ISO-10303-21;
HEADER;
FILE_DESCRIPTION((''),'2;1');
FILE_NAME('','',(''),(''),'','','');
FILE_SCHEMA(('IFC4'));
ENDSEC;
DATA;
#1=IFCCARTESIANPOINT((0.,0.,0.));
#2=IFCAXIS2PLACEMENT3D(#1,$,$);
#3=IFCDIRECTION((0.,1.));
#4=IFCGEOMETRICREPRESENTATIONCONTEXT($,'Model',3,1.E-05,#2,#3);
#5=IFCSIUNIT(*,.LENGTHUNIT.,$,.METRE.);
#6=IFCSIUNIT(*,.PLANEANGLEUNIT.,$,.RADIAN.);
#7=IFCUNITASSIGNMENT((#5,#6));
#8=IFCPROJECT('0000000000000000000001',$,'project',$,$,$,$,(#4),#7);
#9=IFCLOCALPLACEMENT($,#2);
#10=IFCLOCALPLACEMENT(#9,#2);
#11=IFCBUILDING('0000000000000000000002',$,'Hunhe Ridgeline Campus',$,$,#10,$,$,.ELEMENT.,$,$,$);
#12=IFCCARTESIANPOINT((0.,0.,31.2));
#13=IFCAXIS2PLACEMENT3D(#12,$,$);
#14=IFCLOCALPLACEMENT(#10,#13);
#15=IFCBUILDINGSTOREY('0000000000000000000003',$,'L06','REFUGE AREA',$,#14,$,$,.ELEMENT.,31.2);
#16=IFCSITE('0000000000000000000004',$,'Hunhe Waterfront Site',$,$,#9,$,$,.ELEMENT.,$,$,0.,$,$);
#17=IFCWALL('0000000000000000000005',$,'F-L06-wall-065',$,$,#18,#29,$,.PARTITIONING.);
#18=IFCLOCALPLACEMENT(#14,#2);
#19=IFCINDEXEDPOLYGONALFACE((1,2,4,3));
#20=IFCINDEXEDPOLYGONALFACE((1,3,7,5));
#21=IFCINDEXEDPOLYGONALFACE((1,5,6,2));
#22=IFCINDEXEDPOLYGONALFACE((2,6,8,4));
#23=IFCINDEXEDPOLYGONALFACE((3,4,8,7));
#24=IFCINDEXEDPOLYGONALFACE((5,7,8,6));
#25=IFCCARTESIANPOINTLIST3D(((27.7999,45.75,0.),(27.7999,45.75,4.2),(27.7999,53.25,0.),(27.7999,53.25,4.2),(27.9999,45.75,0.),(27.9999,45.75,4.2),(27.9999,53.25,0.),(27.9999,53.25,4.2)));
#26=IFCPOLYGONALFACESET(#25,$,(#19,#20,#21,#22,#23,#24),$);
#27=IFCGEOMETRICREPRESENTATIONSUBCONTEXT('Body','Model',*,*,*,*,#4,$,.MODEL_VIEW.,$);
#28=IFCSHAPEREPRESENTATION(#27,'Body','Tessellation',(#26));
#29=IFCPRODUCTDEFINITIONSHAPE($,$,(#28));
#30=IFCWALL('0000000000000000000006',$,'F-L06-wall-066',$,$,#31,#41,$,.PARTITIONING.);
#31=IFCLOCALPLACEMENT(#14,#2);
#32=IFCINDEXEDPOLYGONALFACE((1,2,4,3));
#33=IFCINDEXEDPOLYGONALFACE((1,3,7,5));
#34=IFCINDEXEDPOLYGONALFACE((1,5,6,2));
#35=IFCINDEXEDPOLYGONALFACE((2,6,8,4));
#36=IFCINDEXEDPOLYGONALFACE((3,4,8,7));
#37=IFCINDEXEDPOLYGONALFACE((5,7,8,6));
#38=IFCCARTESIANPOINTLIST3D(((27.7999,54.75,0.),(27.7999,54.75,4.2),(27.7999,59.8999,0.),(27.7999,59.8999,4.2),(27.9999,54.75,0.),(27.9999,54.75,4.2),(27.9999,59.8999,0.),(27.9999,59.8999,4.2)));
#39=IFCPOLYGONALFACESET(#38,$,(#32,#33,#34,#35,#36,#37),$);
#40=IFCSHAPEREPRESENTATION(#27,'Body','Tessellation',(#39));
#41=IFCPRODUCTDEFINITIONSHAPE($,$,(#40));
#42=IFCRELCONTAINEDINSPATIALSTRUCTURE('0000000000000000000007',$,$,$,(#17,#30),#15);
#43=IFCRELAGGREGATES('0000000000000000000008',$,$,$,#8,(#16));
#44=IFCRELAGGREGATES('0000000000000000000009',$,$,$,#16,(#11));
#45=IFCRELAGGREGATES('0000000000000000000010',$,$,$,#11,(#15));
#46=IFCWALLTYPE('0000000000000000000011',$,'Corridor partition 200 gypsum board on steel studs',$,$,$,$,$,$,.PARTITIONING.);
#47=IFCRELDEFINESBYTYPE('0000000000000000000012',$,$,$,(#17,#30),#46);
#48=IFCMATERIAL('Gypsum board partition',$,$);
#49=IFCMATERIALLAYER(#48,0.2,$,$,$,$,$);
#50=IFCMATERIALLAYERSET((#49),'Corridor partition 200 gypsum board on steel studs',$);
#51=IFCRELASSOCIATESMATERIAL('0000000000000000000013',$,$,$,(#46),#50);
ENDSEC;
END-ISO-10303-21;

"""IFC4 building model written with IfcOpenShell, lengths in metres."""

from ifc_helpers import new_model, si_unit, direction, frame, frame_2d, origin, place, context, subcontext, project, spatial, rectangle, extrude, material, layer, layer_set, type_object, element, save


model = new_model("IFC4")

# Units and contexts
model_context = context("Model", 3, precision=1e-05, world=origin(), true_north=direction((0.0, 1.0)))
body_context = subcontext(model_context, "Body", "Model", "MODEL_VIEW")
ifc_project = project(units=[si_unit("LENGTHUNIT", "METRE"), si_unit("PLANEANGLEUNIT", "RADIAN")], contexts=[model_context])

# Site, building, storey
site_placement = place(None, origin())
site = spatial("IfcSite", under=ifc_project, at=site_placement, Name="Hunhe Waterfront Site", CompositionType="ELEMENT", RefElevation=0.0)
building_placement = place(site_placement, origin())
building = spatial("IfcBuilding", under=site, at=building_placement, Name="Hunhe Ridgeline Campus", CompositionType="ELEMENT")
storey_placement = place(building_placement, frame((0.0, 0.0, 31.2)))
storey = spatial("IfcBuildingStorey", under=building, at=storey_placement, Name="L06", Description="REFUGE AREA", CompositionType="ELEMENT", Elevation=31.2)

# Shared definitions
ifc_material_1 = material(Name="Gypsum board partition")
ifc_layer = layer(ifc_material_1, 0.2)
ifc_layer_set = layer_set([ifc_layer], Name="Corridor partition 200 gypsum board on steel studs")
wall_type = type_object("IfcWallType", Name="Corridor partition 200 gypsum board on steel studs", PredefinedType="PARTITIONING", material=ifc_layer_set)

# Walls
for number, where, z_axis, x_axis, name in (
    (1, (27.8999, 53.25, 0.0), (0.0, 0.0, 1.0), (0.0, -1.0, 0.0), "F-L06-wall-065"),
):
    element("IfcWall", number, at=place(storey_placement, frame(where, z_axis=z_axis, x_axis=x_axis)), inside=storey, type_object=wall_type, Name=name, PredefinedType="PARTITIONING", context=body_context, shape_type="SweptSolid", body=[
        extrude(rectangle(XDim=7.5, YDim=0.2, at=frame_2d((3.75, 0.0))), origin(), (0.0, 0.0, 1.0), 4.2),
    ])
wall_1_placement = place(storey_placement, frame((27.8999, 59.8999, 0.0), z_axis=(0.0, 0.0, 1.0), x_axis=(0.0, -1.0, 0.0)))
element("IfcWall", 2, at=wall_1_placement, inside=storey, type_object=wall_type, Name="F-L06-wall-066", PredefinedType="PARTITIONING", context=body_context, shape_type="SweptSolid", body=[
    extrude(rectangle(XDim=5.1499, YDim=0.2, at=frame_2d((2.575, 0.0))), origin(), (0.0, 0.0, 1.0), 4.2),
])

save(model, "model.ifc")
